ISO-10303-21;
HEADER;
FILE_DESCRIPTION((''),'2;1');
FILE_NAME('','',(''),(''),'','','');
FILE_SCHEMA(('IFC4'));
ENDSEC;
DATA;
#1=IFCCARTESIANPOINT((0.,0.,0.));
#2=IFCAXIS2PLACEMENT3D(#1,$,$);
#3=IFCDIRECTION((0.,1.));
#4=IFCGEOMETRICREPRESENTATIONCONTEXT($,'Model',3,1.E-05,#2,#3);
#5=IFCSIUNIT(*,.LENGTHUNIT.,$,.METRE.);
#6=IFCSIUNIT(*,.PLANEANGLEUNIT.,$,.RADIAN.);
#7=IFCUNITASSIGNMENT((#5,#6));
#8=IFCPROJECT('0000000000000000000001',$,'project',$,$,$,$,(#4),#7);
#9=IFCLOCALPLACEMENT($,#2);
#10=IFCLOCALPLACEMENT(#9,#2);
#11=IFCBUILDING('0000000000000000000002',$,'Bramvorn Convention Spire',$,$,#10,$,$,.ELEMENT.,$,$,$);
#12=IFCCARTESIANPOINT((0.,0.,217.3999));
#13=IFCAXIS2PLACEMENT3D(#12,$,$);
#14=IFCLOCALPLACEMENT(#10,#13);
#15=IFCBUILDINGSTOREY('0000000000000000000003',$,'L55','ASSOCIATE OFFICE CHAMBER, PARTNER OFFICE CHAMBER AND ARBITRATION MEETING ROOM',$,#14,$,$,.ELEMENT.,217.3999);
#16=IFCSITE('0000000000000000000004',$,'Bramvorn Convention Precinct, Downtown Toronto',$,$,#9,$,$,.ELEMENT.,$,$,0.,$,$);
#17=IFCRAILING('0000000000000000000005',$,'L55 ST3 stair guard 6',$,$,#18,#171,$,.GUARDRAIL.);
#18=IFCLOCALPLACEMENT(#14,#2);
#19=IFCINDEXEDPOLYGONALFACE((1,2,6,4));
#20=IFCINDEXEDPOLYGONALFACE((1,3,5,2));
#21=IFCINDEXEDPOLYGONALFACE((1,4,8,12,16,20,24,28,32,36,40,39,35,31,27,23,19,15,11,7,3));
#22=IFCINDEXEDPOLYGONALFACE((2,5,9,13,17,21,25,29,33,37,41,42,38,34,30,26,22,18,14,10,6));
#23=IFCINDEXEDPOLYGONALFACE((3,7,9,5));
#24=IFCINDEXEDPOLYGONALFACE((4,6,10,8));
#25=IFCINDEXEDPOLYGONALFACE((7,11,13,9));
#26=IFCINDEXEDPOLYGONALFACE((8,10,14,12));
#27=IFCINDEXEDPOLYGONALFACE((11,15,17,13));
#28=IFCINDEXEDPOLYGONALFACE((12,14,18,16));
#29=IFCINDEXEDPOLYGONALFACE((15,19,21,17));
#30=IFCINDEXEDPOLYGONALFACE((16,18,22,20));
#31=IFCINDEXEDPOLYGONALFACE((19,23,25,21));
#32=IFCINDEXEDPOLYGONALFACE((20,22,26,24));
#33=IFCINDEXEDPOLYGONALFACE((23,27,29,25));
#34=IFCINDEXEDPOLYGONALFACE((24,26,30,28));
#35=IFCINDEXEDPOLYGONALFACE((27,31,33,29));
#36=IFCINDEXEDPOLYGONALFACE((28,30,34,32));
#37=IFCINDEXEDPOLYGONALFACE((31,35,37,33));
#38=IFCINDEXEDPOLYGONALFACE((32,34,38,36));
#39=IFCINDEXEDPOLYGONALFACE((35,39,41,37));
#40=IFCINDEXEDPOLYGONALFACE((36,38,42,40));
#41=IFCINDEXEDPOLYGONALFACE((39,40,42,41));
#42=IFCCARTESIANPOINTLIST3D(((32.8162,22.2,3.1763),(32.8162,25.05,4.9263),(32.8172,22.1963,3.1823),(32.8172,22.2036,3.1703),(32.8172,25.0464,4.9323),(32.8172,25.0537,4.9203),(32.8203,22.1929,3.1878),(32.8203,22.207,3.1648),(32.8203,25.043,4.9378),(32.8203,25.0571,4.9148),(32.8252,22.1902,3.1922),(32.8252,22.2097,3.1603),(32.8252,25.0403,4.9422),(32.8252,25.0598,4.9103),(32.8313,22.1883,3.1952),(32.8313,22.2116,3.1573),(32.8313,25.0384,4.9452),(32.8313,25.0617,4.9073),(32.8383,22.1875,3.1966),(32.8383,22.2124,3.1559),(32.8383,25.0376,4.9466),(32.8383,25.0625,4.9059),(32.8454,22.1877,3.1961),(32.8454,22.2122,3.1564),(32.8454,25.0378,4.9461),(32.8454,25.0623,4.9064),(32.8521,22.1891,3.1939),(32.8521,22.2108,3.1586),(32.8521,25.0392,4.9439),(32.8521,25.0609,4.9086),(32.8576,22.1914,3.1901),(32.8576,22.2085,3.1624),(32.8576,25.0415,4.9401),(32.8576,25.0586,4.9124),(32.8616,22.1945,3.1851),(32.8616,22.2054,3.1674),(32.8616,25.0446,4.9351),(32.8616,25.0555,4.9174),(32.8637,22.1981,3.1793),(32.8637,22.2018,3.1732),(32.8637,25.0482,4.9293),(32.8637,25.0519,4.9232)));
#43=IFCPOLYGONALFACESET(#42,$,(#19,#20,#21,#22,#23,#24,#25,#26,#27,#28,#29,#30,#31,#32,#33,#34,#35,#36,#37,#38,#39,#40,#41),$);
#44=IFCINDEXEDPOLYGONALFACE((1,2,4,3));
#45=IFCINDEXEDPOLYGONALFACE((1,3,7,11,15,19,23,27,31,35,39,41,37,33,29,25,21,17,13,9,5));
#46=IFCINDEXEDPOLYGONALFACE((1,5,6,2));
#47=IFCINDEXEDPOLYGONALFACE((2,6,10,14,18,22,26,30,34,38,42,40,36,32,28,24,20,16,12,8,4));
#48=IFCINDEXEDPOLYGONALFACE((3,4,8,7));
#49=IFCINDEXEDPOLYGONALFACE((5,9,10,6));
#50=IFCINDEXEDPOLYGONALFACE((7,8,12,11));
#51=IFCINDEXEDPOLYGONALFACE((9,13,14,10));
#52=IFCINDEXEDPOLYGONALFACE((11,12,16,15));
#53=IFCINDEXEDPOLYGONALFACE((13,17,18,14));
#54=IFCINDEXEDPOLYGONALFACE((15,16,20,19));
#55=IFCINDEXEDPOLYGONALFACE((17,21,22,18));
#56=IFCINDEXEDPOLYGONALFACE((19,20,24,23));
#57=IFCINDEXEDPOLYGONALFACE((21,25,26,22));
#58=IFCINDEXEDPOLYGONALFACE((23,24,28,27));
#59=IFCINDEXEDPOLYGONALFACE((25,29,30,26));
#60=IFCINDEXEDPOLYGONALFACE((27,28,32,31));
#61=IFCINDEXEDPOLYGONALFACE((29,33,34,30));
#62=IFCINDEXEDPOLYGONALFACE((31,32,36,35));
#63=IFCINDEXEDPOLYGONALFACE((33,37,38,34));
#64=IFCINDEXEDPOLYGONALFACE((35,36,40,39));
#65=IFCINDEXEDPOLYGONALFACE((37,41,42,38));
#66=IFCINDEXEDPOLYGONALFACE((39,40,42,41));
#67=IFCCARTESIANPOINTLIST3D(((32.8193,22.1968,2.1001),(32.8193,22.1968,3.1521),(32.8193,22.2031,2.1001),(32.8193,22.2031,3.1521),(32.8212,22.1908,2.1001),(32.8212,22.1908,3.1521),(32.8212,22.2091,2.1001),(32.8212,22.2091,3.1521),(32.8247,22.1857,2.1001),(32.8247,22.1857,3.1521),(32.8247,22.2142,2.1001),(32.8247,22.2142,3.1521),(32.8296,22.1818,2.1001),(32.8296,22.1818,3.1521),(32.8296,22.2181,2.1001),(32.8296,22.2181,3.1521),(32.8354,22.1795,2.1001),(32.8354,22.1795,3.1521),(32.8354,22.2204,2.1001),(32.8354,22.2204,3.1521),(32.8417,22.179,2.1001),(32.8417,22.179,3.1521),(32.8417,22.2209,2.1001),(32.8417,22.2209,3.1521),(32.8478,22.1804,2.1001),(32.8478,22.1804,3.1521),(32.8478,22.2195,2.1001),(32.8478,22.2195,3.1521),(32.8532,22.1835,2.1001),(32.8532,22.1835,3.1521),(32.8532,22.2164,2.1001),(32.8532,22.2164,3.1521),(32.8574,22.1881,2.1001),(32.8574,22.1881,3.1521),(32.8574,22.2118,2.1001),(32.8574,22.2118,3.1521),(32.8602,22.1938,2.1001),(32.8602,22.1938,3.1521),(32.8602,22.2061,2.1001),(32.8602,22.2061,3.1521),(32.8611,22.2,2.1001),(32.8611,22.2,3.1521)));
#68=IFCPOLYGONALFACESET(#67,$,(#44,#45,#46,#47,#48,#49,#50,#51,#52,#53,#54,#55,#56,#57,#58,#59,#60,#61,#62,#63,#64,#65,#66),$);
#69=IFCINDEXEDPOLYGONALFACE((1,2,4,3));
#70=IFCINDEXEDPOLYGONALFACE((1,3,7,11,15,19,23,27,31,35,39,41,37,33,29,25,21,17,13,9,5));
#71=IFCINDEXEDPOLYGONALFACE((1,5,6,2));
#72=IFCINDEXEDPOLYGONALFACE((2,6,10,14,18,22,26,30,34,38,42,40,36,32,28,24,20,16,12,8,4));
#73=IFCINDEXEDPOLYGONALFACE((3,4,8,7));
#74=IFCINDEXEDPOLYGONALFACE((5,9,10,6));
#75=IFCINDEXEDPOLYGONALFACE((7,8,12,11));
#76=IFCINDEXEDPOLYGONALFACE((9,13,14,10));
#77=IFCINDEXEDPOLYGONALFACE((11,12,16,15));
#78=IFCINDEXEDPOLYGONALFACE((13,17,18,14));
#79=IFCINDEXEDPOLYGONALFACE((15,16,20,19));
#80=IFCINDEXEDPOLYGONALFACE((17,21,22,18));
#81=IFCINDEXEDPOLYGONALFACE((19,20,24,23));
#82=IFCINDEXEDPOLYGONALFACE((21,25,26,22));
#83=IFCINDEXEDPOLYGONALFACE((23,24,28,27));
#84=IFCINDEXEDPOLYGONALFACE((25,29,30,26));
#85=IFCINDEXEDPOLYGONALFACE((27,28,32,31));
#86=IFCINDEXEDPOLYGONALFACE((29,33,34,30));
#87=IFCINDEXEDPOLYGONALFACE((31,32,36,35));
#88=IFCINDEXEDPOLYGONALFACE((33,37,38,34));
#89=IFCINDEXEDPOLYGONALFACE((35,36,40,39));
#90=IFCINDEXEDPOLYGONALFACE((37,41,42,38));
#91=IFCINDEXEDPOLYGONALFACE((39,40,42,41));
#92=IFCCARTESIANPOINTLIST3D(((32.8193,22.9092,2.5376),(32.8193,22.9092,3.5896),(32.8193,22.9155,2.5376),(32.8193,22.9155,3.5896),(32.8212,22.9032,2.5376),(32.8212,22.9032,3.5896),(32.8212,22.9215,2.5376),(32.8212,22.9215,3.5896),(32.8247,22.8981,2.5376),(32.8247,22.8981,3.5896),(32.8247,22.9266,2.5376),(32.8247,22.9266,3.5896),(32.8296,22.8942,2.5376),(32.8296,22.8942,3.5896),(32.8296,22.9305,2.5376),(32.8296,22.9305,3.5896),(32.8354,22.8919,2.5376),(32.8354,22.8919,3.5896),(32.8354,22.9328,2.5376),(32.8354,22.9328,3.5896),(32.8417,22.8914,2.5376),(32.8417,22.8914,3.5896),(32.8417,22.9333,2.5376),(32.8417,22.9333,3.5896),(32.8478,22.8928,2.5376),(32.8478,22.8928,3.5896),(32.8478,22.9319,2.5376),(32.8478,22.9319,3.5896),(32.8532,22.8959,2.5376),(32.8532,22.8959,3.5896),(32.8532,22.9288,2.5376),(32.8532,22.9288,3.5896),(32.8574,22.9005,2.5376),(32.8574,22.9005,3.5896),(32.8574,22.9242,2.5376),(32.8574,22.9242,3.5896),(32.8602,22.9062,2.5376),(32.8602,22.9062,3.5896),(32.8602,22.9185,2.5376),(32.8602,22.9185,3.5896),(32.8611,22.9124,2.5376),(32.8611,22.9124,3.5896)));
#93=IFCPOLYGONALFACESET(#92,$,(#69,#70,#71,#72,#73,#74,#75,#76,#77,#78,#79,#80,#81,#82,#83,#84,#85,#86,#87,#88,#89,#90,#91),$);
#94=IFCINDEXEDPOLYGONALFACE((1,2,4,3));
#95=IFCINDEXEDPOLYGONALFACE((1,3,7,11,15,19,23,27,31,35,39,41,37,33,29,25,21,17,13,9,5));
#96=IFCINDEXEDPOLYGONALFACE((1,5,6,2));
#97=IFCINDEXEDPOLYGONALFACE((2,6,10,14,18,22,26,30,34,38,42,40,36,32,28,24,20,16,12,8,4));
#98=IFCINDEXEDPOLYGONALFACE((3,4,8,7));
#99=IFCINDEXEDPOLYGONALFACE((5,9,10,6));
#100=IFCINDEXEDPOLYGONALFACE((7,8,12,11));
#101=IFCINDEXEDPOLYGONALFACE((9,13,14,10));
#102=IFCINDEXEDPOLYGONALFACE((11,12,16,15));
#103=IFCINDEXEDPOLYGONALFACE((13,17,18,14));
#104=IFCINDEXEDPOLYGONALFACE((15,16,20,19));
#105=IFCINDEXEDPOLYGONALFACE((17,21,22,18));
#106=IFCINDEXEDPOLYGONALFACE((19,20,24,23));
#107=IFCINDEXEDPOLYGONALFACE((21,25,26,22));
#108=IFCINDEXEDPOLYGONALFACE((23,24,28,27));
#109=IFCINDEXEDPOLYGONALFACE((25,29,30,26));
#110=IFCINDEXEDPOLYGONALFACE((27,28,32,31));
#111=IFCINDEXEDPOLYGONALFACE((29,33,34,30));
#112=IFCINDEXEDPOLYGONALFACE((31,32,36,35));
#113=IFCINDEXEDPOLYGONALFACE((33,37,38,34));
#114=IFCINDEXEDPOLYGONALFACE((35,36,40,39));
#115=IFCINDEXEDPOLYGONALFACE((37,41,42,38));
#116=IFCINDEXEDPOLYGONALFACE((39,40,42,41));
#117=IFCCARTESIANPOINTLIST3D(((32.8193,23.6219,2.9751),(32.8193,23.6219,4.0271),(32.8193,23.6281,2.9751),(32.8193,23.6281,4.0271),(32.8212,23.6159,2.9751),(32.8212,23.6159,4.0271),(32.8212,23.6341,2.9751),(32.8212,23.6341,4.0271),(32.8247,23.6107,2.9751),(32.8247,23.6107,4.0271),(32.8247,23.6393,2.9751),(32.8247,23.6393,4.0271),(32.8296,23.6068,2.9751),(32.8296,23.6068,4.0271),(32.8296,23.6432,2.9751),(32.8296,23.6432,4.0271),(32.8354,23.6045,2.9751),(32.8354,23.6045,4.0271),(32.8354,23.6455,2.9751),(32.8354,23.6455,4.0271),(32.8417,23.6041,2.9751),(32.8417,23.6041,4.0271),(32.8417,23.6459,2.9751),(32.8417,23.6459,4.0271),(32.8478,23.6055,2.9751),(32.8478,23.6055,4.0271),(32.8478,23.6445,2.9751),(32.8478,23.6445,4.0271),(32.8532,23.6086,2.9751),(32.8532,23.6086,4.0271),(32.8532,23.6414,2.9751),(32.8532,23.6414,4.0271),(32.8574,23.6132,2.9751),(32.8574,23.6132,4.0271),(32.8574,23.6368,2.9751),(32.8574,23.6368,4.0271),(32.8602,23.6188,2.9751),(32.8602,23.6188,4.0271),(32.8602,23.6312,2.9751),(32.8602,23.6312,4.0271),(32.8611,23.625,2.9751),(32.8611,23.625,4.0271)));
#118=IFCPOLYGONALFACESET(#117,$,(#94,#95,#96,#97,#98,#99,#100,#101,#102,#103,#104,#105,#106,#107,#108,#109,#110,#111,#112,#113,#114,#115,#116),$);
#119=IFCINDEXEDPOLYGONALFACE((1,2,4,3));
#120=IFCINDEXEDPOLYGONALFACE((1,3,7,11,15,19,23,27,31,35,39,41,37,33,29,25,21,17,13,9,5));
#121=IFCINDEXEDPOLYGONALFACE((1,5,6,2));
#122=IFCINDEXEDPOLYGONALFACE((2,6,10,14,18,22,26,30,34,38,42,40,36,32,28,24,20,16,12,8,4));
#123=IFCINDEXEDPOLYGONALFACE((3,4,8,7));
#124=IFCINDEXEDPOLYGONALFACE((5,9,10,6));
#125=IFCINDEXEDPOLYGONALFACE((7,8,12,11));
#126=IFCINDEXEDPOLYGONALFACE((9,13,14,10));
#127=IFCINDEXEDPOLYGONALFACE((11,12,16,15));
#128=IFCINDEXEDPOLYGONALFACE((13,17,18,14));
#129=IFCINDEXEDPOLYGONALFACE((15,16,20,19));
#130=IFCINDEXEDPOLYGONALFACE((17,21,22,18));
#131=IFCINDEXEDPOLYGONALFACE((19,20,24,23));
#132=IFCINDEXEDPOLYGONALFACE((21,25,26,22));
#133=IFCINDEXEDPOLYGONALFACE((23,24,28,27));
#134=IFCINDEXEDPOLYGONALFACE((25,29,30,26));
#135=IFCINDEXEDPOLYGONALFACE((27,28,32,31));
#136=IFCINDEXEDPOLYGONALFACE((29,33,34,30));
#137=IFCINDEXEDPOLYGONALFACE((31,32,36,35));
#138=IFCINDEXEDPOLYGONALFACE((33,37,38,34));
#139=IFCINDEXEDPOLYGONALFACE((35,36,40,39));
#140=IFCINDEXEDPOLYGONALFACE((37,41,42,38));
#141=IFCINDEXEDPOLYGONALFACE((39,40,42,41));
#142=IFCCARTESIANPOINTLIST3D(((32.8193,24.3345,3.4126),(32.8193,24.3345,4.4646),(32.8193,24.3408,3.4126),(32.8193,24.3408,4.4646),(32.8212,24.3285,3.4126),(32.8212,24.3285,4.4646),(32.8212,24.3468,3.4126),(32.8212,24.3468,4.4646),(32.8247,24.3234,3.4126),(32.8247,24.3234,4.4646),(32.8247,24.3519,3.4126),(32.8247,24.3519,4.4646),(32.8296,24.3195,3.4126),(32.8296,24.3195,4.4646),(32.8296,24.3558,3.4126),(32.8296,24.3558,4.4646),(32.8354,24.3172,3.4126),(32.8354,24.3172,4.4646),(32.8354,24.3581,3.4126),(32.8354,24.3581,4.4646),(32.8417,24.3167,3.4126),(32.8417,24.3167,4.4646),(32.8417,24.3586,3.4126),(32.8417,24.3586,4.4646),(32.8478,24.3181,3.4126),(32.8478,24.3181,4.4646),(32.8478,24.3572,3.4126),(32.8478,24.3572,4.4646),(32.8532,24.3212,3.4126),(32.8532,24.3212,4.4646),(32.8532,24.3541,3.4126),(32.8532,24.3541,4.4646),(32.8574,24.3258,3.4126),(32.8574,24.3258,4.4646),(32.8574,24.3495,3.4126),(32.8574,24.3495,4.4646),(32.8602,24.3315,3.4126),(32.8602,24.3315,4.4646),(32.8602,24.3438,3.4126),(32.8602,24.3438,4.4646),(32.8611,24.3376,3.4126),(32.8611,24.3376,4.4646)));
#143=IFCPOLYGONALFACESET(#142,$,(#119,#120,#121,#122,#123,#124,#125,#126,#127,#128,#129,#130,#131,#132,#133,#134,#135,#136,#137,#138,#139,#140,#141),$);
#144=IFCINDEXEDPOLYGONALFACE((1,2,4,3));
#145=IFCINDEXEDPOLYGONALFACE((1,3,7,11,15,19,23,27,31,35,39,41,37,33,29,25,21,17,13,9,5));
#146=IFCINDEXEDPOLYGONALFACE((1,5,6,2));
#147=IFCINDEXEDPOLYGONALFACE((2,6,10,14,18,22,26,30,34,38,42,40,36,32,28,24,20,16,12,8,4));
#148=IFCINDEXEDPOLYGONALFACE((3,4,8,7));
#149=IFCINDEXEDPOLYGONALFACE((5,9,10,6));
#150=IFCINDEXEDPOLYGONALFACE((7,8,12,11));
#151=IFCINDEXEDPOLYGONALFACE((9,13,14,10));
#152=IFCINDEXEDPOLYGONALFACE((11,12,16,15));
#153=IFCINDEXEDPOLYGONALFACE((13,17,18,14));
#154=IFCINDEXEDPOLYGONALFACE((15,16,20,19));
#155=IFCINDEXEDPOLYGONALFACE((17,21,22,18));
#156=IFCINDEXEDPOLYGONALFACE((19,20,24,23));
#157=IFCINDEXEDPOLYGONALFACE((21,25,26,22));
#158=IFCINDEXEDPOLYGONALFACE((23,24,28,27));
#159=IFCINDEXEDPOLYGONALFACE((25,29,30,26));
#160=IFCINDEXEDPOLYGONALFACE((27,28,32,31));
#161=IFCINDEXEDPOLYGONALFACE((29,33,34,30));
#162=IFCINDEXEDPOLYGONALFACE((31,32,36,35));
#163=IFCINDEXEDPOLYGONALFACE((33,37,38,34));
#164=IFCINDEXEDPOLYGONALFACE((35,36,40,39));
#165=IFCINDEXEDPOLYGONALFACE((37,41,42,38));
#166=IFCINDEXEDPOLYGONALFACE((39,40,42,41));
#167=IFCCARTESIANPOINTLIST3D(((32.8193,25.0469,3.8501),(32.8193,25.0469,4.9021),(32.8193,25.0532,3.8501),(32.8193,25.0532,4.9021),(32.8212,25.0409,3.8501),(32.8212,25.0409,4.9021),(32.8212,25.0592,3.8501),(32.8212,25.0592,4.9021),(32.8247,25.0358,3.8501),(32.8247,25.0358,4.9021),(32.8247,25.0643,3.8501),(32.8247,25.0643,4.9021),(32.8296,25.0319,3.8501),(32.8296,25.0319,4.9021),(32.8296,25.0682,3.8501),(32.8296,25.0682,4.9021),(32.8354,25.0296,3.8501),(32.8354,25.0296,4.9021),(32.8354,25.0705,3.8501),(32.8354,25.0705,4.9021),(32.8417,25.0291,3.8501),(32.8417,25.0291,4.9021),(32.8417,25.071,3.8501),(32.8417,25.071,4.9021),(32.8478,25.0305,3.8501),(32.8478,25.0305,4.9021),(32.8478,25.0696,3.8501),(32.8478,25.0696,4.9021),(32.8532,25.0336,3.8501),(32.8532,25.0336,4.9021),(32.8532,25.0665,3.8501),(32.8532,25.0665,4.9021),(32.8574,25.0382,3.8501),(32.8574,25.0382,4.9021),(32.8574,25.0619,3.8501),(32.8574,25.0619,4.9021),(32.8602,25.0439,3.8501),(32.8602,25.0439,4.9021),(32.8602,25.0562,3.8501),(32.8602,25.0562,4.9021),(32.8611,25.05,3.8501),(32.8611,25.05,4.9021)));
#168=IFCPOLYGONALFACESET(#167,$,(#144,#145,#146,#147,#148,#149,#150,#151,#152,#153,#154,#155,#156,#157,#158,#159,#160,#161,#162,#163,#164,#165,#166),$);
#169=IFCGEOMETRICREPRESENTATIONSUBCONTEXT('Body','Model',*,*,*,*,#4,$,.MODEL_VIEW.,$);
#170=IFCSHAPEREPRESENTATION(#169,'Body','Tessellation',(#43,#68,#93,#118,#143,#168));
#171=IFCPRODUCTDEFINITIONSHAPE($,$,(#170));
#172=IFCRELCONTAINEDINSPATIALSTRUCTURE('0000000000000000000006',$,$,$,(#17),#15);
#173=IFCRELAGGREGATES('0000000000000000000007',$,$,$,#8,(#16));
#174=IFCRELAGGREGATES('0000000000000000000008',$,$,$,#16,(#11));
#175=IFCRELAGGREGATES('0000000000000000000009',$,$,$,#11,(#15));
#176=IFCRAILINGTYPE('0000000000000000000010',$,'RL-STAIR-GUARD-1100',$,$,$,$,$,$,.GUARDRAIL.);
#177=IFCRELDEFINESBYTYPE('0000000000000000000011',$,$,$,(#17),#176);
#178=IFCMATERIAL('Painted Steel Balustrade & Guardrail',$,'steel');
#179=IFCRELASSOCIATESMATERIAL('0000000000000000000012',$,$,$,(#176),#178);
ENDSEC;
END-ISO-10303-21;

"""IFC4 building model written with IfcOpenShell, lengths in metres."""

from ifc_helpers import new_model, si_unit, direction, frame, origin, origin_2d, place, context, subcontext, project, spatial, circle, extrude, material, type_object, element, save


model = new_model("IFC4")

# Units and contexts
model_context = context("Model", 3, precision=1e-05, world=origin(), true_north=direction((0.0, 1.0)))
body_context = subcontext(model_context, "Body", "Model", "MODEL_VIEW")
ifc_project = project(units=[si_unit("LENGTHUNIT", "METRE"), si_unit("PLANEANGLEUNIT", "RADIAN")], contexts=[model_context])

# Site, building, storey
site_placement = place(None, origin())
site = spatial("IfcSite", under=ifc_project, at=site_placement, Name="Bramvorn Convention Precinct, Downtown Toronto", CompositionType="ELEMENT", RefElevation=0.0)
building_placement = place(site_placement, origin())
building = spatial("IfcBuilding", under=site, at=building_placement, Name="Bramvorn Convention Spire", CompositionType="ELEMENT")
storey_placement = place(building_placement, frame((0.0, 0.0, 217.3999)))
storey = spatial("IfcBuildingStorey", under=building, at=storey_placement, Name="L55", Description="ASSOCIATE OFFICE CHAMBER, PARTNER OFFICE CHAMBER AND ARBITRATION MEETING ROOM", CompositionType="ELEMENT", Elevation=217.3999)

# Railing
ifc_material_1 = material(Name="Painted Steel Balustrade & Guardrail", Category="steel")
railing_type_1 = type_object("IfcRailingType", Name="RL-STAIR-GUARD-1100", PredefinedType="GUARDRAIL", material=ifc_material_1)
railing_1_placement = place(storey_placement, frame((32.8401, 22.2, 2.1001)))
element("IfcRailing", 1, at=railing_1_placement, inside=storey, type_object=railing_type_1, Name="L55 ST3 stair guard 6", PredefinedType="GUARDRAIL", context=body_context, shape_type="SweptSolid", body=[
    extrude(circle(Radius=0.0239, at=origin_2d()), frame((0.0, 0.0, 1.0762), z_axis=(0.0, 0.852179, 0.52325), x_axis=(-1.0, 0.0, 0.0)), (0.0, 0.0, 1.0), 3.3445),
    extrude(circle(Radius=0.021, at=origin_2d()), origin(), (0.0, 0.0, 1.0), 1.052),
    extrude(circle(Radius=0.021, at=origin_2d()), frame((0.0, 0.7124, 0.4375)), (0.0, 0.0, 1.0), 1.052),
    extrude(circle(Radius=0.021, at=origin_2d()), frame((0.0, 1.425, 0.875)), (0.0, 0.0, 1.0), 1.052),
    extrude(circle(Radius=0.021, at=origin_2d()), frame((0.0, 2.1377, 1.3125)), (0.0, 0.0, 1.0), 1.052),
    extrude(circle(Radius=0.021, at=origin_2d()), frame((0.0, 2.8501, 1.75)), (0.0, 0.0, 1.0), 1.052),
])

save(model, "model.ifc")
